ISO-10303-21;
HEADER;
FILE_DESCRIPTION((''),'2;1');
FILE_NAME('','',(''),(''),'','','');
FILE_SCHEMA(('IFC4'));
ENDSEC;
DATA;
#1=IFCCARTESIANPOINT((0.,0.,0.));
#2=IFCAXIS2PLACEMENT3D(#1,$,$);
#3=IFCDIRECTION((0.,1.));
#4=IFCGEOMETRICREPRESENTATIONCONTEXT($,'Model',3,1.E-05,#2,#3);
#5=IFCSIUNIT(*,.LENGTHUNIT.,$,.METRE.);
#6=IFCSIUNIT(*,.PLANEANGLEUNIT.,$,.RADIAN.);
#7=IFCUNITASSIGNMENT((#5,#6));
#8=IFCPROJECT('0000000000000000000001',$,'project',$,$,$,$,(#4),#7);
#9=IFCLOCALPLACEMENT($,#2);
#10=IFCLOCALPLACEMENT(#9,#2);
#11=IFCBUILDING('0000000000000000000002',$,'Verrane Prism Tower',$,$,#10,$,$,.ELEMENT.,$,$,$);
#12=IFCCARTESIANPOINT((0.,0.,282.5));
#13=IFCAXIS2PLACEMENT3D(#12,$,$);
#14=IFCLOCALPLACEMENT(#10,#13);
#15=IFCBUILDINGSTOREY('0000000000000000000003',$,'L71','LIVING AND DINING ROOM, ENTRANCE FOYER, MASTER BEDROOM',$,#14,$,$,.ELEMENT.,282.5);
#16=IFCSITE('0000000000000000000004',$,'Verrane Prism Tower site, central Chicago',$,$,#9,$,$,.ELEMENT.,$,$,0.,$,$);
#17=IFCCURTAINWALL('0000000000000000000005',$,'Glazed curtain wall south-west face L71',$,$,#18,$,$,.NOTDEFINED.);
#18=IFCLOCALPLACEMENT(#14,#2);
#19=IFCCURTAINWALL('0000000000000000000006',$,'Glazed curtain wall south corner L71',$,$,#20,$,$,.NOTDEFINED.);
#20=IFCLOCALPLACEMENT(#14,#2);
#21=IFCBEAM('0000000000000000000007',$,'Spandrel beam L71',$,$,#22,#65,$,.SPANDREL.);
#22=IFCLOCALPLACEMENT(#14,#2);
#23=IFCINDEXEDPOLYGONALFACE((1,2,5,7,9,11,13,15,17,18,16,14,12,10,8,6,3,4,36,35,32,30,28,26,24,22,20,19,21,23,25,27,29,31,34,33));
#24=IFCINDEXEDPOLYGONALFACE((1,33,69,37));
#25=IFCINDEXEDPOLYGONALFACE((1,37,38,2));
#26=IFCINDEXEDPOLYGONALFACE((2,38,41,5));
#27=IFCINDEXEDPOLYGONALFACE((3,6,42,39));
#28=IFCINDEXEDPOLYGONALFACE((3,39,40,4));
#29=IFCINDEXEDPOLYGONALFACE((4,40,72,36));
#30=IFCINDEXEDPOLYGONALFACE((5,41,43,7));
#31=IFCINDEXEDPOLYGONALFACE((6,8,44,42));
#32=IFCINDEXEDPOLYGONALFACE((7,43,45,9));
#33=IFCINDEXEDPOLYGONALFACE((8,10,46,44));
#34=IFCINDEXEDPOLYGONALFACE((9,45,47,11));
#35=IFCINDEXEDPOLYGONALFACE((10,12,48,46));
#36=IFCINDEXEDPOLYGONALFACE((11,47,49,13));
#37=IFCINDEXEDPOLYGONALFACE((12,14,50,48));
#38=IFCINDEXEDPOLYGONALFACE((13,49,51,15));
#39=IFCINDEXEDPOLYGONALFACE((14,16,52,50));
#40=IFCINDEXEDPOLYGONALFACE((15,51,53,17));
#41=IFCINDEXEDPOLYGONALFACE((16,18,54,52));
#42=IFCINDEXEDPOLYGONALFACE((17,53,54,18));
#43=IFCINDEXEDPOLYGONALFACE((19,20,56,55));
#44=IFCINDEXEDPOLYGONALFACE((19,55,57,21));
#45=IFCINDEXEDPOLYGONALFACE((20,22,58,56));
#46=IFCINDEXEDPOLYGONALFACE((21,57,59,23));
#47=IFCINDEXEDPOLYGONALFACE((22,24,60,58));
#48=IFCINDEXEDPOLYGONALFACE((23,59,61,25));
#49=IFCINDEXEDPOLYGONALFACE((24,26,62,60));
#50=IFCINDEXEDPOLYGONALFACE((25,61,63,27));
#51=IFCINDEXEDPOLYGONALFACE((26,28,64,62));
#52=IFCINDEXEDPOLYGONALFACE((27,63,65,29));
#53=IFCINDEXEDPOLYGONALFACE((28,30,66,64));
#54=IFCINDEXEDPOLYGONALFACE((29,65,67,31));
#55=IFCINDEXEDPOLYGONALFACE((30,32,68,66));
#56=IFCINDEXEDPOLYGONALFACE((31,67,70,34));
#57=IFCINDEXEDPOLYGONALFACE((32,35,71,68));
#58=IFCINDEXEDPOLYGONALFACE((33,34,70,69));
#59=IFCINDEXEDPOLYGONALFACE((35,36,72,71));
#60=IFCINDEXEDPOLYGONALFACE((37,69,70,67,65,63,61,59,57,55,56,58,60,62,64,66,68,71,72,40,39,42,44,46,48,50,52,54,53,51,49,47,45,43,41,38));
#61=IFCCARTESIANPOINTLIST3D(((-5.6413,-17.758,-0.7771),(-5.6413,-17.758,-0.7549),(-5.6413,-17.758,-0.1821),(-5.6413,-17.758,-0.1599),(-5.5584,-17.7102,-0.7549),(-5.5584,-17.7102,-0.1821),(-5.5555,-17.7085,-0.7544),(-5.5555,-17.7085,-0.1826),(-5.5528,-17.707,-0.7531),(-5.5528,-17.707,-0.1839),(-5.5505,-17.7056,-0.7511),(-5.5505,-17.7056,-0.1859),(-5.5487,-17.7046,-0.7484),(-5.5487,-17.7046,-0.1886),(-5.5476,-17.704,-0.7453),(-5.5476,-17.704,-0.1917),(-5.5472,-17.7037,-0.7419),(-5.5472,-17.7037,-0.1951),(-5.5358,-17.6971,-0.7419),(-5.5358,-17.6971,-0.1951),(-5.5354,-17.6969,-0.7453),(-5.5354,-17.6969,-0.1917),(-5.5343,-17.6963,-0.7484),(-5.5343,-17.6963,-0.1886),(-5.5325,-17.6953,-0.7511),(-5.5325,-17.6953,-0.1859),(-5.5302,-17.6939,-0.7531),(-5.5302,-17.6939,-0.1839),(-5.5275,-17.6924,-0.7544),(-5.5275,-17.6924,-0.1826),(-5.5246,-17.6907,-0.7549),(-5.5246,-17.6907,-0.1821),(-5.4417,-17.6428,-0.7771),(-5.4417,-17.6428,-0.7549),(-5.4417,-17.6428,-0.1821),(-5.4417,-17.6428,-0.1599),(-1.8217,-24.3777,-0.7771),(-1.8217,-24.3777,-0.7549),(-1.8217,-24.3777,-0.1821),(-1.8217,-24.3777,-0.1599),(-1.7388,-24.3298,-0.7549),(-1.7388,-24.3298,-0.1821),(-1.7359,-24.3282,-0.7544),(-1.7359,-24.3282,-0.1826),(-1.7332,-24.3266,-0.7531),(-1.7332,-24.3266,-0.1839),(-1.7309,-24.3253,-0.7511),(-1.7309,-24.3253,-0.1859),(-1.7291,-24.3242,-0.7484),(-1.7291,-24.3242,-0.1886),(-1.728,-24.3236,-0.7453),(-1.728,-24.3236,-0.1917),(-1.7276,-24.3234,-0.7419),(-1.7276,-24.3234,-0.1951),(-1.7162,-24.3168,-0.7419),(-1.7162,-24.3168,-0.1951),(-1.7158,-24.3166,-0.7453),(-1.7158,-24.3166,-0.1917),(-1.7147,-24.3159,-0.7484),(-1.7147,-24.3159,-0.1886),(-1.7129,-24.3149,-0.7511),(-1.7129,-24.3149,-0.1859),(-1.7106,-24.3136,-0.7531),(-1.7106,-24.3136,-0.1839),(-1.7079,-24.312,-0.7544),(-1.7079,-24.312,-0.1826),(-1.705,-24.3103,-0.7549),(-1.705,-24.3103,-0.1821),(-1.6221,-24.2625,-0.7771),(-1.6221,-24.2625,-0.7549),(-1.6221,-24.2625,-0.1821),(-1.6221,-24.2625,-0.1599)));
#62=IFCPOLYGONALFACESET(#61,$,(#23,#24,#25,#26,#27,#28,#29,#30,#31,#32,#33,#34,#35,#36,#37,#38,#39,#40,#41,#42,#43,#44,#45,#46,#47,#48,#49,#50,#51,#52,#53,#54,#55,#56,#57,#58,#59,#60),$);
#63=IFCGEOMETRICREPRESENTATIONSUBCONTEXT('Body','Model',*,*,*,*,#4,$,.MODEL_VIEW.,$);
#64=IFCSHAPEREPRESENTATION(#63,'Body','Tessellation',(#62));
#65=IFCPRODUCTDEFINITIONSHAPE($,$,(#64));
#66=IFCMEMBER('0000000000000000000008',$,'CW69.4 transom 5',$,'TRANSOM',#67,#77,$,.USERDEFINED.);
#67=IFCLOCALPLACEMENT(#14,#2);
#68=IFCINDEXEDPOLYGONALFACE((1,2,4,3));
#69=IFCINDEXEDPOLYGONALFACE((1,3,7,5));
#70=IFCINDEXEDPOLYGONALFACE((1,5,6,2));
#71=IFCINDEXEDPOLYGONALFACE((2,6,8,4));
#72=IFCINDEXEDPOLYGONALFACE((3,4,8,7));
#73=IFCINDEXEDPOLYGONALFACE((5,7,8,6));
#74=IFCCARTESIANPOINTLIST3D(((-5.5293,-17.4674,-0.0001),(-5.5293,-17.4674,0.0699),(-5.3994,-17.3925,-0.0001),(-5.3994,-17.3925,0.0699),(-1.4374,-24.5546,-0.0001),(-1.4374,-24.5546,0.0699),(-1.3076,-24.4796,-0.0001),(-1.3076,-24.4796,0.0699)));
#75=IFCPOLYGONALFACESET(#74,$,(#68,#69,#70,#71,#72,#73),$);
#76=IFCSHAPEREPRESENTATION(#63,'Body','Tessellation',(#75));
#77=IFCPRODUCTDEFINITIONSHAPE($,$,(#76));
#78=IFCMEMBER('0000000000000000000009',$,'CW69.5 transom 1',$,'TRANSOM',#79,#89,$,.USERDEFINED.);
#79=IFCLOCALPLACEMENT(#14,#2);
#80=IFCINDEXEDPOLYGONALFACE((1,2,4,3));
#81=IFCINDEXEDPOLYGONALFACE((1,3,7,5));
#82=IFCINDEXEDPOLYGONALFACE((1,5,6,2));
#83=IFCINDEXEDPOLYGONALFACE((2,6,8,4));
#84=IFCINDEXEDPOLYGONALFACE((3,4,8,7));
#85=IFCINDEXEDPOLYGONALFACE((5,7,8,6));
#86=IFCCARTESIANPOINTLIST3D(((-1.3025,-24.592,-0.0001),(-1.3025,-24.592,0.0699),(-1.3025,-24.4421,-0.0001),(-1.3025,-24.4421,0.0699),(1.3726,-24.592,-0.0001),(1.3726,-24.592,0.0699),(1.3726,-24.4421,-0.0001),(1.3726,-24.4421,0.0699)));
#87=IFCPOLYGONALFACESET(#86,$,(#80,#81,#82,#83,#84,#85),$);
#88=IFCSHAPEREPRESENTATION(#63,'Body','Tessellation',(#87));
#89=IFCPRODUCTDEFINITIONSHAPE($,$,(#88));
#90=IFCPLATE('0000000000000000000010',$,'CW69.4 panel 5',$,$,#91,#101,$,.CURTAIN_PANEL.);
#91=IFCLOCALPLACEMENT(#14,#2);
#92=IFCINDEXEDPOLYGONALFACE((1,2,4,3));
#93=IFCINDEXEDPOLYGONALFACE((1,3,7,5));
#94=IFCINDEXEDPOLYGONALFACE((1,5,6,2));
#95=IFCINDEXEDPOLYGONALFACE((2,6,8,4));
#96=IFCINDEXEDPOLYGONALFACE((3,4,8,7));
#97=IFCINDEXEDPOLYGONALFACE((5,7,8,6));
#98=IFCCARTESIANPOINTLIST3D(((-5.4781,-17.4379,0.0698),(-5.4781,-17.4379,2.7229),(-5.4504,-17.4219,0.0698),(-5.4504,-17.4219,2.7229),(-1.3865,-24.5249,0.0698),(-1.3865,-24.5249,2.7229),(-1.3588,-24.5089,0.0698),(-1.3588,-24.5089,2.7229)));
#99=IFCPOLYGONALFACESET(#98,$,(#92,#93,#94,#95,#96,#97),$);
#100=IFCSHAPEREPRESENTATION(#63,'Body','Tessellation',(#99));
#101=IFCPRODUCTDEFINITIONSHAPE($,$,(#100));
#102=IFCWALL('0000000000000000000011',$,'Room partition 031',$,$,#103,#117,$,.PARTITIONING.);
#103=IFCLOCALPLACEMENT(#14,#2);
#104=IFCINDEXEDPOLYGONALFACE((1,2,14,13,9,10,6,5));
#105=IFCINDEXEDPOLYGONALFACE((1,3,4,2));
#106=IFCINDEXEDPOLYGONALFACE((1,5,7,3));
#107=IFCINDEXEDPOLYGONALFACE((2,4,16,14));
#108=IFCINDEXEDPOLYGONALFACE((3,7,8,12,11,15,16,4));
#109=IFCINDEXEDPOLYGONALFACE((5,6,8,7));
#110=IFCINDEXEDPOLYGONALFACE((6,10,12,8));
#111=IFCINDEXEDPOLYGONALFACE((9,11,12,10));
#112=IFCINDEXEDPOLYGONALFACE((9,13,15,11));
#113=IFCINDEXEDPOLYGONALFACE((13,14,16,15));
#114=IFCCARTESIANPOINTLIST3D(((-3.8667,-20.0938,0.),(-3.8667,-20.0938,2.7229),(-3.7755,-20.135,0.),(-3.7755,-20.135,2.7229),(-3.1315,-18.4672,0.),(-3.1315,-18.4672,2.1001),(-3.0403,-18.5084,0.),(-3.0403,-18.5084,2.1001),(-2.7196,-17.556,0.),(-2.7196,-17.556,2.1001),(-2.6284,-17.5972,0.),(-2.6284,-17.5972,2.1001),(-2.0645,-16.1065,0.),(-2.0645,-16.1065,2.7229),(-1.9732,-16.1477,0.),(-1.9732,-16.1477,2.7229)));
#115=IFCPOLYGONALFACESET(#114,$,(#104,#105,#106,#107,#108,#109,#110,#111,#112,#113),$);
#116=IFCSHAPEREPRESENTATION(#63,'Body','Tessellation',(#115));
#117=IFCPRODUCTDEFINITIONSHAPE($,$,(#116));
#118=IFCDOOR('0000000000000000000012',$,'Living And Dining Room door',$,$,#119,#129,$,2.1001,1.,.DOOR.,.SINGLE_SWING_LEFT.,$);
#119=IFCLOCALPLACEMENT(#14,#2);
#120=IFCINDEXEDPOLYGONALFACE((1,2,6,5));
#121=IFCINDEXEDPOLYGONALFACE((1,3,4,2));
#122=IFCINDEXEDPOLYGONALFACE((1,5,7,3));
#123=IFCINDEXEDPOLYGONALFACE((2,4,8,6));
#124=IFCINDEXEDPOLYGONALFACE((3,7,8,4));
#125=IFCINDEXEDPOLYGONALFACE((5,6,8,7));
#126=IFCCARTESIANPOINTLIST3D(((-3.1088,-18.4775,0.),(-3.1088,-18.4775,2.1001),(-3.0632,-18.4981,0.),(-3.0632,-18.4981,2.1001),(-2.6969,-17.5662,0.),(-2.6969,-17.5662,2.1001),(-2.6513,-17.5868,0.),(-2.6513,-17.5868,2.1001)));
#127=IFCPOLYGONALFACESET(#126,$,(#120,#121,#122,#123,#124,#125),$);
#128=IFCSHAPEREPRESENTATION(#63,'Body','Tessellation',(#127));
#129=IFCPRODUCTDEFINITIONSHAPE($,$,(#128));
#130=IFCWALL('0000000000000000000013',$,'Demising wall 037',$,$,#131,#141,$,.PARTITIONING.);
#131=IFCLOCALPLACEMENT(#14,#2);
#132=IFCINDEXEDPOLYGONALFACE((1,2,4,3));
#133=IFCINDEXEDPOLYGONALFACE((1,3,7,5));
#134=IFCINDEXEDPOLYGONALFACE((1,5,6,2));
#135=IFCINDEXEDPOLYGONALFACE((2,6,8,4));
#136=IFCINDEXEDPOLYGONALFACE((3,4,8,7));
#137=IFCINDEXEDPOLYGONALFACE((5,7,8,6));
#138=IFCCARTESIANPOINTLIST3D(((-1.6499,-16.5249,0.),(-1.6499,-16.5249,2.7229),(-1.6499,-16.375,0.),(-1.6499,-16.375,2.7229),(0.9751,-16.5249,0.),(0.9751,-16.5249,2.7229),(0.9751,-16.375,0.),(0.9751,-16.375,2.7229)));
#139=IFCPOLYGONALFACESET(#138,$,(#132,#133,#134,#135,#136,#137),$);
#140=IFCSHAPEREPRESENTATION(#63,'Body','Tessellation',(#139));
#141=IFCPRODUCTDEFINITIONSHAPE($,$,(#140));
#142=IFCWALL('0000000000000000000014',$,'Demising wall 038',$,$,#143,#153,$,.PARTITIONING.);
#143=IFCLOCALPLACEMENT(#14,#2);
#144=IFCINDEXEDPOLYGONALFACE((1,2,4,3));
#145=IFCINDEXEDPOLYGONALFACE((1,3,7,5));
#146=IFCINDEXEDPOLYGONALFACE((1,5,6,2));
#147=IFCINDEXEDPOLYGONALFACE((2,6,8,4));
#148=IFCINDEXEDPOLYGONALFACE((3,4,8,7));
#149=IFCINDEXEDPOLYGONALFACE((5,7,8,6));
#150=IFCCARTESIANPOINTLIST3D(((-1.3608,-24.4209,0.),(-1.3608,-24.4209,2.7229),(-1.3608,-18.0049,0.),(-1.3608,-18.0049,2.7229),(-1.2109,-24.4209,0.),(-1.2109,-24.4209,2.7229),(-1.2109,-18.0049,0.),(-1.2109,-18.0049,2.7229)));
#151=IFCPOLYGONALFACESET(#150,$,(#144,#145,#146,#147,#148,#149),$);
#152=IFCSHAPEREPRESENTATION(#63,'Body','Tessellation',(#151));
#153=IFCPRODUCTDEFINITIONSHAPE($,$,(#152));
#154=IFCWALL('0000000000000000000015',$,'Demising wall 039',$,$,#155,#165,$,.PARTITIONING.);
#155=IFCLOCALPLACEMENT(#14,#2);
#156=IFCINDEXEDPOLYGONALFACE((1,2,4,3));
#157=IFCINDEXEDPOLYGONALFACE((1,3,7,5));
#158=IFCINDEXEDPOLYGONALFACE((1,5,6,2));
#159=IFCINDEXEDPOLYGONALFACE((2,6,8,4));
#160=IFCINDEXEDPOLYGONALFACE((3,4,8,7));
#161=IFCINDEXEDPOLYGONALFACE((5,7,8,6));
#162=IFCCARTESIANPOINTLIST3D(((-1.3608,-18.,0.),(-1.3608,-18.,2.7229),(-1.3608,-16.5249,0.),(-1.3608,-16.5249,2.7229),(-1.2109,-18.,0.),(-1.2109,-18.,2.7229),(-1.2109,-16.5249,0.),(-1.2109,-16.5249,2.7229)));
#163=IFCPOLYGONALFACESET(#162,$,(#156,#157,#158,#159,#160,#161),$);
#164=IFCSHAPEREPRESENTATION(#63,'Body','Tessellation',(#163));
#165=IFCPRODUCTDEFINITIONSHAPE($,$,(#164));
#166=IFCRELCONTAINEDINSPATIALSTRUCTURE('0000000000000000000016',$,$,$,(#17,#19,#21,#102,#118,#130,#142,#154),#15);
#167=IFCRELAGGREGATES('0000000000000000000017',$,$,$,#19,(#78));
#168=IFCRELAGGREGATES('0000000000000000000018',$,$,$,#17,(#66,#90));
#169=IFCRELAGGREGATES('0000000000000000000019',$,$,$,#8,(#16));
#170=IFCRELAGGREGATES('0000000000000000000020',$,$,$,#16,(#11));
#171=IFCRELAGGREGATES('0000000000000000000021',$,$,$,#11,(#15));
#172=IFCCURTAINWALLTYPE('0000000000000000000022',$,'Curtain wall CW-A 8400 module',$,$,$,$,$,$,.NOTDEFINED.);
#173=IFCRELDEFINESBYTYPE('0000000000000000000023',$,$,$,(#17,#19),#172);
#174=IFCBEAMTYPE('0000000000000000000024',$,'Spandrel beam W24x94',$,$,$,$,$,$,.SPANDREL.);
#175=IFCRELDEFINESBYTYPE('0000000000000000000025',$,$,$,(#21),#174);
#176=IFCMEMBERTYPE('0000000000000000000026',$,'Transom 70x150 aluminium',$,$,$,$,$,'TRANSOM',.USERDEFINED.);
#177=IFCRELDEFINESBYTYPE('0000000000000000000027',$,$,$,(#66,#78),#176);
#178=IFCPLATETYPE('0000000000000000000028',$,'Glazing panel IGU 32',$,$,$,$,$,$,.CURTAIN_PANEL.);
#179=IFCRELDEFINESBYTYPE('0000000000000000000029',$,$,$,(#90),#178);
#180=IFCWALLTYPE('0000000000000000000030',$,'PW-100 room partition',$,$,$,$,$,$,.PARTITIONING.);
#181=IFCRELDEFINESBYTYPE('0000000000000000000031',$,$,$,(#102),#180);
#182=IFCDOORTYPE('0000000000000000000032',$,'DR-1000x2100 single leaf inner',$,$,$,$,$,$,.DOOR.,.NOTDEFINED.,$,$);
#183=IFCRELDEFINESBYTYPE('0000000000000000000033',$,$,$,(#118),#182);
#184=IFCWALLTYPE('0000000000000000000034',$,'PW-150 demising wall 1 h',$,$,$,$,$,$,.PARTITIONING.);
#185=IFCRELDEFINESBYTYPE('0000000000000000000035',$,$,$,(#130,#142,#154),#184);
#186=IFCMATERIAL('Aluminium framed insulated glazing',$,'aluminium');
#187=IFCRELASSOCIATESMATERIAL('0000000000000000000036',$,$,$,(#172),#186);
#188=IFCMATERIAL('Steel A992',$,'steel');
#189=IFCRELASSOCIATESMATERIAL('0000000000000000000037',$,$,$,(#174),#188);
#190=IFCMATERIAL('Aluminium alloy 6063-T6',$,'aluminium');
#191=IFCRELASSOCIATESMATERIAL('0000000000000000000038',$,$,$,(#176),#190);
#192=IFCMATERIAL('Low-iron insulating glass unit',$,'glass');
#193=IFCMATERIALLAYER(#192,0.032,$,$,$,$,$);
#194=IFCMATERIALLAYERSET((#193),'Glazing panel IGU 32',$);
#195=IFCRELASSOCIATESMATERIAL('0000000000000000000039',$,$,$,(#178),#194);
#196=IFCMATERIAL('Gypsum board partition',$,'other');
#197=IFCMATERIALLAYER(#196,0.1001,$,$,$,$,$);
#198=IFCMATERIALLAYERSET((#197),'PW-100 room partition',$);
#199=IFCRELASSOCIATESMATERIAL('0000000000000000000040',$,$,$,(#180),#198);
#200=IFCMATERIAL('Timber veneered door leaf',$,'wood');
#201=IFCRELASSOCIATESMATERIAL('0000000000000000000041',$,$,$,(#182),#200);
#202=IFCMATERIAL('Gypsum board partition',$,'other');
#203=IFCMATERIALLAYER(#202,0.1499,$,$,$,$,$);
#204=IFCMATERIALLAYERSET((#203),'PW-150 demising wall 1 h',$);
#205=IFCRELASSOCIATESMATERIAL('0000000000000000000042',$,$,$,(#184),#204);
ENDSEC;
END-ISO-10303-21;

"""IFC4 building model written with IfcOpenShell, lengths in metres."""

from ifc_helpers import new_model, si_unit, direction, frame, frame_2d, origin, origin_2d, place, context, subcontext, project, spatial, rectangle, i_section, extrude, material, layer, layer_set, material_profile, profile_set, type_object, element, fill, aggregate, save


model = new_model("IFC4")

# Units and contexts
model_context = context("Model", 3, precision=1e-05, world=origin(), true_north=direction((0.0, 1.0)))
body_context = subcontext(model_context, "Body", "Model", "MODEL_VIEW")
ifc_project = project(units=[si_unit("LENGTHUNIT", "METRE"), si_unit("PLANEANGLEUNIT", "RADIAN")], contexts=[model_context])

# Site, building, storey
site_placement = place(None, origin())
site = spatial("IfcSite", under=ifc_project, at=site_placement, Name="Verrane Prism Tower site, central Chicago", CompositionType="ELEMENT", RefElevation=0.0)
building_placement = place(site_placement, origin())
building = spatial("IfcBuilding", under=site, at=building_placement, Name="Verrane Prism Tower", CompositionType="ELEMENT")
storey_placement = place(building_placement, frame((0.0, 0.0, 282.5)))
storey = spatial("IfcBuildingStorey", under=building, at=storey_placement, Name="L71", Description="LIVING AND DINING ROOM, ENTRANCE FOYER, MASTER BEDROOM", CompositionType="ELEMENT", Elevation=282.5)

# Curtain walls
ifc_material_1 = material(Name="Aluminium framed insulated glazing", Category="aluminium")
curtain_wall_type = type_object("IfcCurtainWallType", Name="Curtain wall CW-A 8400 module", PredefinedType="NOTDEFINED", material=ifc_material_1)
curtain_wall_1_placement = place(storey_placement, origin())
curtain_wall_1 = element("IfcCurtainWall", 1, at=curtain_wall_1_placement, inside=storey, type_object=curtain_wall_type, Name="Glazed curtain wall south-west face L71", PredefinedType="NOTDEFINED")
curtain_wall_2_placement = place(storey_placement, origin())
curtain_wall_2 = element("IfcCurtainWall", 2, at=curtain_wall_2_placement, inside=storey, type_object=curtain_wall_type, Name="Glazed curtain wall south corner L71", PredefinedType="NOTDEFINED")

# Beam
ifc_material_2 = material(Name="Steel A992", Category="steel")
ifc_material_profile_1 = material_profile(ifc_material_2, i_section(OverallWidth=0.2305, OverallDepth=0.6172, WebThickness=0.0132, FlangeThickness=0.0222, FilletRadius=0.0129, at=origin_2d()), Name="W24x94")
ifc_profile_set_1 = profile_set([ifc_material_profile_1], Name="Steel A992")
beam_type_1 = type_object("IfcBeamType", Name="Spandrel beam W24x94", PredefinedType="SPANDREL", material=ifc_profile_set_1)
beam_1_placement = place(storey_placement, frame((-5.5415, -17.7004, -0.4685), z_axis=(0.499778, -0.866154, 0.0), x_axis=(0.866154, 0.499778, 0.0)))
element("IfcBeam", 3, at=beam_1_placement, inside=storey, type_object=beam_type_1, Name="Spandrel beam L71", PredefinedType="SPANDREL", context=body_context, shape_type="SweptSolid", body=[
    extrude(i_section(OverallWidth=0.2305, OverallDepth=0.6172, WebThickness=0.0132, FlangeThickness=0.0222, FilletRadius=0.0129, at=origin_2d()), origin(), (0.0, 0.0, 1.0), 7.6426),
])

# Members
ifc_material_3 = material(Name="Aluminium alloy 6063-T6", Category="aluminium")
ifc_material_profile_2 = material_profile(ifc_material_3, rectangle(XDim=0.1499, YDim=0.0701, at=origin_2d()), Name="Transom 70x150 aluminium")
ifc_profile_set_2 = profile_set([ifc_material_profile_2], Name="Aluminium alloy 6063-T6")
member_type_1 = type_object("IfcMemberType", Name="Transom 70x150 aluminium", ElementType="TRANSOM", PredefinedType="USERDEFINED", material=ifc_profile_set_2)
member_1_placement = place(storey_placement, frame((-5.4644, -17.4299, 0.0349), z_axis=(0.500002, -0.866024, 0.0), x_axis=(0.866024, 0.500002, 0.0)))
member_1 = element("IfcMember", 4, at=member_1_placement, type_object=member_type_1, Name="CW69.4 transom 5", ObjectType="TRANSOM", PredefinedType="USERDEFINED", context=body_context, shape_type="SweptSolid", body=[
    extrude(rectangle(XDim=0.1499, YDim=0.0701, at=origin_2d()), origin(), (0.0, 0.0, 1.0), 8.1836),
])
member_2_placement = place(storey_placement, frame((-1.3025, -24.5171, 0.0349), z_axis=(1.0, 0.0, 0.0), x_axis=(0.0, 1.0, 0.0)))
member_2 = element("IfcMember", 5, at=member_2_placement, type_object=member_type_1, Name="CW69.5 transom 1", ObjectType="TRANSOM", PredefinedType="USERDEFINED", context=body_context, shape_type="SweptSolid", body=[
    extrude(rectangle(XDim=0.1499, YDim=0.0701, at=origin_2d()), origin(), (0.0, 0.0, 1.0), 2.675),
])
aggregate(curtain_wall_2, [member_2])

# Plate
ifc_material_4 = material(Name="Low-iron insulating glass unit", Category="glass")
ifc_layer_1 = layer(ifc_material_4, 0.032)
ifc_layer_set_1 = layer_set([ifc_layer_1], Name="Glazing panel IGU 32")
plate_type = type_object("IfcPlateType", Name="Glazing panel IGU 32", PredefinedType="CURTAIN_PANEL", material=ifc_layer_set_1)
plate_placement = place(storey_placement, frame((-3.4185, -20.9734, 0.0698), z_axis=(0.0, 0.0, 1.0), x_axis=(0.500001, -0.866025, 0.0)))
plate = element("IfcPlate", 6, at=plate_placement, type_object=plate_type, Name="CW69.4 panel 5", PredefinedType="CURTAIN_PANEL", context=body_context, shape_type="SweptSolid", body=[
    extrude(rectangle(XDim=8.1833, YDim=0.032, at=origin_2d()), origin(), (0.0, 0.0, 1.0), 2.6531),
])
aggregate(curtain_wall_1, [member_1, plate])

# Wall, opening, door
ifc_material_5 = material(Name="Gypsum board partition", Category="other")
ifc_layer_2 = layer(ifc_material_5, 0.1001)
ifc_layer_set_2 = layer_set([ifc_layer_2], Name="PW-100 room partition")
wall_type_1 = type_object("IfcWallType", Name="PW-100 room partition", PredefinedType="PARTITIONING", material=ifc_layer_set_2)
wall_1_placement = place(storey_placement, frame((-2.0188, -16.127, 0.0), z_axis=(0.0, 0.0, 1.0), x_axis=(-0.411877, -0.91124, 0.0)))
wall_1 = element("IfcWall", 7, at=wall_1_placement, inside=storey, type_object=wall_type_1, Name="Room partition 031", PredefinedType="PARTITIONING", context=body_context, shape_type="SweptSolid", body=[
    extrude(rectangle(XDim=4.3757, YDim=0.1001, at=frame_2d((2.188, 0.0))), origin(), (0.0, 0.0, 1.0), 2.7229),
])
opening_1_placement = place(wall_1_placement, frame((1.5908, 0.0, 0.0)))
opening_1 = element("IfcOpeningElement", 8, at=opening_1_placement, cuts=wall_1, PredefinedType="OPENING", context=body_context, shape_type="SweptSolid", body=[
    extrude(rectangle(XDim=1.0, YDim=2.1001, at=frame_2d((0.5, 1.05))), frame((0.0, 0.0601, 0.0), z_axis=(0.0, -1.0, 0.0), x_axis=(1.0, 0.0, 0.0)), (0.0, 0.0, 1.0), 0.1201),
])
ifc_material_6 = material(Name="Timber veneered door leaf", Category="wood")
door_type_1 = type_object("IfcDoorType", Name="DR-1000x2100 single leaf inner", OperationType="NOTDEFINED", PredefinedType="DOOR", material=ifc_material_6)
door_1_placement = place(opening_1_placement, origin())
door_1 = element("IfcDoor", 9, at=door_1_placement, inside=storey, type_object=door_type_1, Name="Living And Dining Room door", OperationType="SINGLE_SWING_LEFT", OverallHeight=2.1001, OverallWidth=1.0, PredefinedType="DOOR", context=body_context, shape_type="SweptSolid", body=[
    extrude(rectangle(XDim=1.0, YDim=2.1001, at=frame_2d((0.5, 1.05))), frame((0.0, 0.0249, 0.0), z_axis=(0.0, -1.0, 0.0), x_axis=(1.0, 0.0, 0.0)), (0.0, 0.0, 1.0), 0.05),
])
fill(opening_1, door_1)

# Walls
ifc_material_7 = material(Name="Gypsum board partition", Category="other")
ifc_layer_3 = layer(ifc_material_7, 0.1499)
ifc_layer_set_3 = layer_set([ifc_layer_3], Name="PW-150 demising wall 1 h")
wall_type_2 = type_object("IfcWallType", Name="PW-150 demising wall 1 h", PredefinedType="PARTITIONING", material=ifc_layer_set_3)
wall_2_placement = place(storey_placement, frame((-1.6499, -16.45, 0.0), z_axis=(0.0, 0.0, 1.0), x_axis=(1.0, 0.0, 0.0)))
element("IfcWall", 10, at=wall_2_placement, inside=storey, type_object=wall_type_2, Name="Demising wall 037", PredefinedType="PARTITIONING", context=body_context, shape_type="SweptSolid", body=[
    extrude(rectangle(XDim=2.625, YDim=0.1499, at=frame_2d((1.3125, 0.0))), origin(), (0.0, 0.0, 1.0), 2.7229),
])
wall_3_placement = place(storey_placement, frame((-1.2859, -24.4209, 0.0), z_axis=(0.0, 0.0, 1.0), x_axis=(0.0, 1.0, 0.0)))
element("IfcWall", 11, at=wall_3_placement, inside=storey, type_object=wall_type_2, Name="Demising wall 038", PredefinedType="PARTITIONING", context=body_context, shape_type="SweptSolid", body=[
    extrude(rectangle(XDim=6.416, YDim=0.1499, at=frame_2d((3.208, 0.0))), origin(), (0.0, 0.0, 1.0), 2.7229),
])
wall_4_placement = place(storey_placement, frame((-1.2859, -18.0, 0.0), z_axis=(0.0, 0.0, 1.0), x_axis=(0.0, 1.0, 0.0)))
element("IfcWall", 12, at=wall_4_placement, inside=storey, type_object=wall_type_2, Name="Demising wall 039", PredefinedType="PARTITIONING", context=body_context, shape_type="SweptSolid", body=[
    extrude(rectangle(XDim=1.4751, YDim=0.1499, at=frame_2d((0.7375, 0.0))), origin(), (0.0, 0.0, 1.0), 2.7229),
])

save(model, "model.ifc")
